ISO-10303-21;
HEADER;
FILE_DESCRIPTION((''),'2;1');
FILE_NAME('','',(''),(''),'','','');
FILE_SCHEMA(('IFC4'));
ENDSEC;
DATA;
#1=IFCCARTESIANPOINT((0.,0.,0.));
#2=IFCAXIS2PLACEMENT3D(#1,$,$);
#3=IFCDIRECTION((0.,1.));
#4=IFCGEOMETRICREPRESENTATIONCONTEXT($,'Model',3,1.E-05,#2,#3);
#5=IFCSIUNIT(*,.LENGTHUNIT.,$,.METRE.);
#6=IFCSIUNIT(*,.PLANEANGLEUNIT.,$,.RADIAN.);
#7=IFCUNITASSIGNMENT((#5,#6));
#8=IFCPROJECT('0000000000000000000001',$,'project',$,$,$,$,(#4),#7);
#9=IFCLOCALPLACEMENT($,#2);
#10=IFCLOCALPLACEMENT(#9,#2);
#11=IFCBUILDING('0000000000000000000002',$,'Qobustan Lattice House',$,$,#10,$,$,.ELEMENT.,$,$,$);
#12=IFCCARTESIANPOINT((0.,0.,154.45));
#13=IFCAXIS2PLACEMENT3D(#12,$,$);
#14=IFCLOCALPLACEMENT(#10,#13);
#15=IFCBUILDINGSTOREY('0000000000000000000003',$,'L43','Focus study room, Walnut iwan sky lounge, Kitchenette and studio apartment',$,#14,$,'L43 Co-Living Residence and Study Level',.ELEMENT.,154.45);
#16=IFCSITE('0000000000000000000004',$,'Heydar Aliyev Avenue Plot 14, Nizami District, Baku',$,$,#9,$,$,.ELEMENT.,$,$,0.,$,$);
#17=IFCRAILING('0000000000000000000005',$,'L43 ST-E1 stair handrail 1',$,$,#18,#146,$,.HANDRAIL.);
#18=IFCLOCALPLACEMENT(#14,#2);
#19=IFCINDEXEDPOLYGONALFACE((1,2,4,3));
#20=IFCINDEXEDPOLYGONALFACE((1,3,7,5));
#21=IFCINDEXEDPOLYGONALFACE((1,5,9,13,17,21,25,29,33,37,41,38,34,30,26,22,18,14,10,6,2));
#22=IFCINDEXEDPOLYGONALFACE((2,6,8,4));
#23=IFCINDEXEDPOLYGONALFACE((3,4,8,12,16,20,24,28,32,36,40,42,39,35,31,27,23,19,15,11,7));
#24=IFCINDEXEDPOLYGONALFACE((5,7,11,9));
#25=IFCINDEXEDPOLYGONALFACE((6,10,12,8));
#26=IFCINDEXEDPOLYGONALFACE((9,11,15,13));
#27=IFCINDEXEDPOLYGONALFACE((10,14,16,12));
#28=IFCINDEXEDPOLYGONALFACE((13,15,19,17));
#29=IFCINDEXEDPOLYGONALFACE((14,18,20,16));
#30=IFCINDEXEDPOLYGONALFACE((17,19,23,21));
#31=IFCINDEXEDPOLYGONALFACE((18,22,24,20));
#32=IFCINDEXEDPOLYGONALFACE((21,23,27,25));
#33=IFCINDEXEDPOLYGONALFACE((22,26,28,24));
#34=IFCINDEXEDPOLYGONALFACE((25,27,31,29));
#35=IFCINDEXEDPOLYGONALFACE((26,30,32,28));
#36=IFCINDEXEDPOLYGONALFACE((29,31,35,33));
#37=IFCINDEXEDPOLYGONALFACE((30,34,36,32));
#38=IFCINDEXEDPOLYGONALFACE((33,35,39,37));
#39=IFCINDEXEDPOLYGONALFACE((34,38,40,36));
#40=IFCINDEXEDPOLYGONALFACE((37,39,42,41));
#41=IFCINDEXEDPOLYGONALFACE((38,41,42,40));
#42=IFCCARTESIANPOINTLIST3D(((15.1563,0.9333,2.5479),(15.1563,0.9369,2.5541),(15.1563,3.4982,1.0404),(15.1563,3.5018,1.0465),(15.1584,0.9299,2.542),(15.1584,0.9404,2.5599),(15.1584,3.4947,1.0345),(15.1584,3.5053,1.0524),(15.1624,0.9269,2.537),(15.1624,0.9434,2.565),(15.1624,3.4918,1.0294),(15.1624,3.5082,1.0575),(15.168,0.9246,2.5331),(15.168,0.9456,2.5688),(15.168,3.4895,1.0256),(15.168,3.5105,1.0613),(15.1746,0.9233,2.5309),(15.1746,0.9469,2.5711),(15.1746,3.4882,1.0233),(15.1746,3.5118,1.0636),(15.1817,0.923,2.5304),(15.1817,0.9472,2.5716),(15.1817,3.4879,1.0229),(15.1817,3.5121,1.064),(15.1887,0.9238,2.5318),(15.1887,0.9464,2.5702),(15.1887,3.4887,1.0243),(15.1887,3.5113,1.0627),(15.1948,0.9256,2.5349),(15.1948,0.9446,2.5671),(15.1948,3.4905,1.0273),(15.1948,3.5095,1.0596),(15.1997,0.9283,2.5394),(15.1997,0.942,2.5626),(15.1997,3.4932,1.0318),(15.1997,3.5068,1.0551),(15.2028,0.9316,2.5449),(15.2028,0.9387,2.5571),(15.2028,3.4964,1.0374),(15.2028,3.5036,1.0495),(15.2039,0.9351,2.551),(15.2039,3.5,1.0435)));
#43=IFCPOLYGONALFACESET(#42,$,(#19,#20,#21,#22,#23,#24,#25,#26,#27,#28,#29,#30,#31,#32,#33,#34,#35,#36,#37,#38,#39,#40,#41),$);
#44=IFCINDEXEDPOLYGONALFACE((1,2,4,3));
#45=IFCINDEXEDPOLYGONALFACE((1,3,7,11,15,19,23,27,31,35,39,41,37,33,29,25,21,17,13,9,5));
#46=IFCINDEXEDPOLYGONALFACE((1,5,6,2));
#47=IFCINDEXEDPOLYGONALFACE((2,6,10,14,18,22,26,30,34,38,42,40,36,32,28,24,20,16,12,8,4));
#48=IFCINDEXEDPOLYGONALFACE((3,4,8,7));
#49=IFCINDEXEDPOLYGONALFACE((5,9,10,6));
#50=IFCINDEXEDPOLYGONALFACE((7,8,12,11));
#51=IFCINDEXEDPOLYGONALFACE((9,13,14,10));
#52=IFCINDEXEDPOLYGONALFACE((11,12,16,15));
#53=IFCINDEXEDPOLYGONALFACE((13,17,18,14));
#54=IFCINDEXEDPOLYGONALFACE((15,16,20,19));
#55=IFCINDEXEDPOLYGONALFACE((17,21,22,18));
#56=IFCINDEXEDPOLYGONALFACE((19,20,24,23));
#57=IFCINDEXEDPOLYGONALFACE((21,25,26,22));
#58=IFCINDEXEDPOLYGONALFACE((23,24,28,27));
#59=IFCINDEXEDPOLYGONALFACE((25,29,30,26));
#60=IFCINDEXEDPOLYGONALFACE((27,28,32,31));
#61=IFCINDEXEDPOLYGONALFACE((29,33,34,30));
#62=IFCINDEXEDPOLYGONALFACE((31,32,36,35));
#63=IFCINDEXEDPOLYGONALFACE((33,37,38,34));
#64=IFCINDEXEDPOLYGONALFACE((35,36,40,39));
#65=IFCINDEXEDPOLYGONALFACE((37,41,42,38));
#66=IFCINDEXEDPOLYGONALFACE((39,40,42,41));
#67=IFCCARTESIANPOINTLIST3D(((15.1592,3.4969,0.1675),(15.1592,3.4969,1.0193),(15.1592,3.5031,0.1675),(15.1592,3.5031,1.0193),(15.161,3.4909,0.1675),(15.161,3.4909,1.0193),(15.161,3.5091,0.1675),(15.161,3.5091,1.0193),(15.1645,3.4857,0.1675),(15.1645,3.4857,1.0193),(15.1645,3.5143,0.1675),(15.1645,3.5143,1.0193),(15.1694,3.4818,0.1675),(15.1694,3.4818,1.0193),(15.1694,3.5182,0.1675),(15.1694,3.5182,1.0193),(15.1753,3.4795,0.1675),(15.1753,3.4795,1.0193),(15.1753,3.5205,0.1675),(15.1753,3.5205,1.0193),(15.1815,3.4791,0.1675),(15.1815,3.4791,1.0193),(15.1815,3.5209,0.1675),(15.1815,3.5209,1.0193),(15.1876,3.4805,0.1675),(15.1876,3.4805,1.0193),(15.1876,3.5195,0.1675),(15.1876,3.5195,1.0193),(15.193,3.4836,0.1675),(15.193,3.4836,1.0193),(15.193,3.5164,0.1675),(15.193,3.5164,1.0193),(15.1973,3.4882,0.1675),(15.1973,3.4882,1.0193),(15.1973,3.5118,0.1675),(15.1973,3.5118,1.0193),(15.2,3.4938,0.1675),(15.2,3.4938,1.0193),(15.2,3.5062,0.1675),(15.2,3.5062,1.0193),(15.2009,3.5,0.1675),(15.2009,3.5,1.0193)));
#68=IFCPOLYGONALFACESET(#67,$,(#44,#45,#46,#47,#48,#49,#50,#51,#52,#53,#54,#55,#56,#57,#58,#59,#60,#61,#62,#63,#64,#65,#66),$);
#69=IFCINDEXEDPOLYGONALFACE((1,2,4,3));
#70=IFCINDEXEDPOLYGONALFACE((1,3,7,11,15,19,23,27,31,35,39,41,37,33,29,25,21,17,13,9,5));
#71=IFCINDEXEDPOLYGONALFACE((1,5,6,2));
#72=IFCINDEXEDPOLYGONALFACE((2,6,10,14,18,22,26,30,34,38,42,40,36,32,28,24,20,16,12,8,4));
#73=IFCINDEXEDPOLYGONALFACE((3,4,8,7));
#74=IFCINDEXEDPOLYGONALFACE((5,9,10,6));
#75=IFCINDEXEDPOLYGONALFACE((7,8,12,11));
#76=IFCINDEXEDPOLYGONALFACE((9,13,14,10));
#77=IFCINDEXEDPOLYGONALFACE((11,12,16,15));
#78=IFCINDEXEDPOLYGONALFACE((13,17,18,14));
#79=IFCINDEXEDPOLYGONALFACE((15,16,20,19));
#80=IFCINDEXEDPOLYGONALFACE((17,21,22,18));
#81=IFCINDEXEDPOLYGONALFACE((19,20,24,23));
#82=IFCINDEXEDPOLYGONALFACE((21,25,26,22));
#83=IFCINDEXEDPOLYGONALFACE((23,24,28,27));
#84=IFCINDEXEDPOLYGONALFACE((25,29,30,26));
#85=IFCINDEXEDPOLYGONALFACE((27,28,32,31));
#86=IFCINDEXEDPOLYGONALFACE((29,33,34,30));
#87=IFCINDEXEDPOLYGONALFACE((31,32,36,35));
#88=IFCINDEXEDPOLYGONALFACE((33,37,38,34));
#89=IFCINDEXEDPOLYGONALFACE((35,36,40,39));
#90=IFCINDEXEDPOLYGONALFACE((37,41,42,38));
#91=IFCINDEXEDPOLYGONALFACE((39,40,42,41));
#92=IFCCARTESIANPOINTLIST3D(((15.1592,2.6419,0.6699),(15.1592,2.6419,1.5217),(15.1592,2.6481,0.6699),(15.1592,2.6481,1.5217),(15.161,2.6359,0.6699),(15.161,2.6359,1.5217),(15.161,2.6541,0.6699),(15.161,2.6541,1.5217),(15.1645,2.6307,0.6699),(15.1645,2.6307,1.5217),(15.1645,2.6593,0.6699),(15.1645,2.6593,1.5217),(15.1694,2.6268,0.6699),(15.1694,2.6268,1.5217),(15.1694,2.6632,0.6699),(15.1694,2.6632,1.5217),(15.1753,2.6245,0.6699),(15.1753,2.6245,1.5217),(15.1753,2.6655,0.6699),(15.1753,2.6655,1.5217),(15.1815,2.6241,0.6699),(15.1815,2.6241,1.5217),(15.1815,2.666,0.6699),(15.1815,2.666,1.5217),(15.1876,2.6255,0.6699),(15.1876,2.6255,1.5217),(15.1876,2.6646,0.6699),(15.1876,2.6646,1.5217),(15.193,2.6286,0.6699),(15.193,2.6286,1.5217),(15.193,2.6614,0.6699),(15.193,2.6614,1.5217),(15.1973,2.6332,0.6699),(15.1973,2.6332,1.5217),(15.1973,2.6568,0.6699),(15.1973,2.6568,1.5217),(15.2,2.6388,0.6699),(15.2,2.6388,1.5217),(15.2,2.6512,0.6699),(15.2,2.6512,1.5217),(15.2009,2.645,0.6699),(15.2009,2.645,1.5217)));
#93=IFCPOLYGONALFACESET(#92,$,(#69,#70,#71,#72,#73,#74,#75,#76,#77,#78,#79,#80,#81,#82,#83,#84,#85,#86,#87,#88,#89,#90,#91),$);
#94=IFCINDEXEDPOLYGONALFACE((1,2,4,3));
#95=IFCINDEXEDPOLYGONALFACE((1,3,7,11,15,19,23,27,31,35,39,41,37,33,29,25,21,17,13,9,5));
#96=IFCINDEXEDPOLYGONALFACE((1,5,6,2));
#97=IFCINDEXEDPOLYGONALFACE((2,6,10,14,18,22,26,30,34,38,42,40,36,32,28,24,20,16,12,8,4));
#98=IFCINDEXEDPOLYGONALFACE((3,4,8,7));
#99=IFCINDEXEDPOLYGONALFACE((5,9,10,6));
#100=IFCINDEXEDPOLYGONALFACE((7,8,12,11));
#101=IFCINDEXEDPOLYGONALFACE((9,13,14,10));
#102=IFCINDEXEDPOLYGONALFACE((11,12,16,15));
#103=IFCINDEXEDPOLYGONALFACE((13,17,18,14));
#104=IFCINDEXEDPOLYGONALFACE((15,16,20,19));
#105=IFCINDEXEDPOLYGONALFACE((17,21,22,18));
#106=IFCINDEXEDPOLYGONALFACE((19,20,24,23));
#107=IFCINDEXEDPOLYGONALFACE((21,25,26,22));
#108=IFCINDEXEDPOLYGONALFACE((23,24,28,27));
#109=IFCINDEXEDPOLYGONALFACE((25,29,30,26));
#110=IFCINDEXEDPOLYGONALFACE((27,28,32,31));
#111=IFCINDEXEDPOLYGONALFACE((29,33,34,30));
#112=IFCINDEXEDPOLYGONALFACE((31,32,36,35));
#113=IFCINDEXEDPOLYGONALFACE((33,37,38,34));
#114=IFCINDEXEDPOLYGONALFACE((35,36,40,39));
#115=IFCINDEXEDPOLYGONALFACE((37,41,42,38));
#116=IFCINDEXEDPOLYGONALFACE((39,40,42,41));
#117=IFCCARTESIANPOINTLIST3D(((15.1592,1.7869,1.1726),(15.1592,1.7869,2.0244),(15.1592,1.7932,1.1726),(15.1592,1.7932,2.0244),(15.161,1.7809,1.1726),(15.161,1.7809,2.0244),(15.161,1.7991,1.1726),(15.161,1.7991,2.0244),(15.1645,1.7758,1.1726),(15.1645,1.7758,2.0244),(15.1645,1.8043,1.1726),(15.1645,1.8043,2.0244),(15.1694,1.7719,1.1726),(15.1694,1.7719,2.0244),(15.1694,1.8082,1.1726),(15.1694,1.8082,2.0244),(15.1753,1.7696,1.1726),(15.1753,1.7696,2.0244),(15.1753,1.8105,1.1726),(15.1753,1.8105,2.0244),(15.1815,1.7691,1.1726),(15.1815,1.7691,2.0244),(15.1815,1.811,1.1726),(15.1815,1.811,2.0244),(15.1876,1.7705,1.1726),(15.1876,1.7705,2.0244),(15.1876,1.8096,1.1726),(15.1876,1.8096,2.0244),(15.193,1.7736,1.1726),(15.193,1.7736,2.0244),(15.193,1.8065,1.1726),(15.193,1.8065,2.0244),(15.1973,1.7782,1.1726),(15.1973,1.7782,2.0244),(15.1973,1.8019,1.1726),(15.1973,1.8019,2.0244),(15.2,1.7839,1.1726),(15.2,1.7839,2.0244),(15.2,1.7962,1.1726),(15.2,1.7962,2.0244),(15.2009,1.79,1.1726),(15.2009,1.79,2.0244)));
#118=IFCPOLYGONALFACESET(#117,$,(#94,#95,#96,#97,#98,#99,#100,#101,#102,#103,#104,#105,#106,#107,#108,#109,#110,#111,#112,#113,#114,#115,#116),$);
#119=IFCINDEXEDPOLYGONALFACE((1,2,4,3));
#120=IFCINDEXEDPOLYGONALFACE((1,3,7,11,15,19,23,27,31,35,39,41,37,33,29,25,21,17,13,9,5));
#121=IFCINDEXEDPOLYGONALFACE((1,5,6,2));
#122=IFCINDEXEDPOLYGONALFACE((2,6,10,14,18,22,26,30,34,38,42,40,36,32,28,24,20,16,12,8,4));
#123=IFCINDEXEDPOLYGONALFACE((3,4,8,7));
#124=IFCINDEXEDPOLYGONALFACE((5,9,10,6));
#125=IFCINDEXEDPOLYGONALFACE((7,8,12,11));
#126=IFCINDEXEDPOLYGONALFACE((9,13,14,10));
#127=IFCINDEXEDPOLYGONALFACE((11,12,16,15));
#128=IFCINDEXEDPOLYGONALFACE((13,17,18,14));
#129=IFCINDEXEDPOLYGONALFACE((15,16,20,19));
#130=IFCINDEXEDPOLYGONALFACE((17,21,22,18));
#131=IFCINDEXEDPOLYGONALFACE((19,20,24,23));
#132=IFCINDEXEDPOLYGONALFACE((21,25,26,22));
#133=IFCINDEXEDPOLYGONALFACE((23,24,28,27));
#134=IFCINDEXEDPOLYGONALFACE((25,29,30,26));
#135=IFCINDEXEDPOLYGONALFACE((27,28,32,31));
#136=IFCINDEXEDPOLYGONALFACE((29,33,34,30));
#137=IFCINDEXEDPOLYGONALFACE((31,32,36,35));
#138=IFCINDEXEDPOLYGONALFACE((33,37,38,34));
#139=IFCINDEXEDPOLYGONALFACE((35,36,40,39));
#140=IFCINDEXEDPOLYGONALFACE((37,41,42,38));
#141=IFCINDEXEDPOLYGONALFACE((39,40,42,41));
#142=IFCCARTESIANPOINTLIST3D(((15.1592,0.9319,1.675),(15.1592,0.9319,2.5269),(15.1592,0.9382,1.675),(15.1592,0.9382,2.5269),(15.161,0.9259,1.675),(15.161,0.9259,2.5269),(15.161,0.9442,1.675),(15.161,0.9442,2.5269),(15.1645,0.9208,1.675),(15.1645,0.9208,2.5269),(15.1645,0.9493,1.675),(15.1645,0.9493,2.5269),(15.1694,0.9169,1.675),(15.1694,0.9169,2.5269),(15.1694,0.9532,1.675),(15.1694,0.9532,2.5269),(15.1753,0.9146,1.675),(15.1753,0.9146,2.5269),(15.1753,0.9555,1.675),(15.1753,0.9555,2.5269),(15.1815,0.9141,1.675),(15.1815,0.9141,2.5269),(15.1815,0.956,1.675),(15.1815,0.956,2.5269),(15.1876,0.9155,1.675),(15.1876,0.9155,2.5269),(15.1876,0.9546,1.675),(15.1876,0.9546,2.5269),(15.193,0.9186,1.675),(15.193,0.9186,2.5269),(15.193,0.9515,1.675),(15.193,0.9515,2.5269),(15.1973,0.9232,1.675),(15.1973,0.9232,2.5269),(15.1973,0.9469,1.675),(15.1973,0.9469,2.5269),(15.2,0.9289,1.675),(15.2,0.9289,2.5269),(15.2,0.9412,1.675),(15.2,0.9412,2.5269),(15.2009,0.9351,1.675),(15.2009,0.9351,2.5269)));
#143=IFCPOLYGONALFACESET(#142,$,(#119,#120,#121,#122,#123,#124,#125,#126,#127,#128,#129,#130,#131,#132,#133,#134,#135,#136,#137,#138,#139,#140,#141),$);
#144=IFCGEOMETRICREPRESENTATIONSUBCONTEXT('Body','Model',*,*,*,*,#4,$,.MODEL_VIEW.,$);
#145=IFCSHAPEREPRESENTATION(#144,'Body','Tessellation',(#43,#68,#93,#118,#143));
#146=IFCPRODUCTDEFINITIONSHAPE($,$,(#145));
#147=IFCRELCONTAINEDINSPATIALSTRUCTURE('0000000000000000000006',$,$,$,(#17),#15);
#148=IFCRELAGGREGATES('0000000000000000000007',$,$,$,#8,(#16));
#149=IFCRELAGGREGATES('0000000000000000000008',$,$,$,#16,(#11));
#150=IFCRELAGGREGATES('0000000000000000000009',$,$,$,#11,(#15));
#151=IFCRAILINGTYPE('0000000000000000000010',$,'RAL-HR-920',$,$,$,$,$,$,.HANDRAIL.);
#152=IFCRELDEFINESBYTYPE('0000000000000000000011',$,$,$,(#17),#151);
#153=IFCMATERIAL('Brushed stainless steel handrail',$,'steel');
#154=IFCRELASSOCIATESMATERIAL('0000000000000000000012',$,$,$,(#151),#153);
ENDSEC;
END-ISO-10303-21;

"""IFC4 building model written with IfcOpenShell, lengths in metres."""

from ifc_helpers import new_model, si_unit, direction, frame, origin, origin_2d, place, context, subcontext, project, spatial, circle, extrude, material, type_object, element, save


model = new_model("IFC4")

# Units and contexts
model_context = context("Model", 3, precision=1e-05, world=origin(), true_north=direction((0.0, 1.0)))
body_context = subcontext(model_context, "Body", "Model", "MODEL_VIEW")
ifc_project = project(units=[si_unit("LENGTHUNIT", "METRE"), si_unit("PLANEANGLEUNIT", "RADIAN")], contexts=[model_context])

# Site, building, storey
site_placement = place(None, origin())
site = spatial("IfcSite", under=ifc_project, at=site_placement, Name="Heydar Aliyev Avenue Plot 14, Nizami District, Baku", CompositionType="ELEMENT", RefElevation=0.0)
building_placement = place(site_placement, origin())
building = spatial("IfcBuilding", under=site, at=building_placement, Name="Qobustan Lattice House", CompositionType="ELEMENT")
storey_placement = place(building_placement, frame((0.0, 0.0, 154.45)))
storey = spatial("IfcBuildingStorey", under=building, at=storey_placement, Name="L43", Description="Focus study room, Walnut iwan sky lounge, Kitchenette and studio apartment", LongName="L43 Co-Living Residence and Study Level", CompositionType="ELEMENT", Elevation=154.45)

# Railing
ifc_material_1 = material(Name="Brushed stainless steel handrail", Category="steel")
railing_type_1 = type_object("IfcRailingType", Name="RAL-HR-920", PredefinedType="HANDRAIL", material=ifc_material_1)
railing_1_placement = place(storey_placement, frame((15.1799, 3.5, 0.1675)))
element("IfcRailing", 1, at=railing_1_placement, inside=storey, type_object=railing_type_1, Name="L43 ST-E1 stair handrail 1", PredefinedType="HANDRAIL", context=body_context, shape_type="SweptSolid", body=[
    extrude(circle(Radius=0.0239, at=origin_2d()), frame((0.0, 0.0, 0.876), z_axis=(0.0, -0.862113, 0.506715), x_axis=(1.0, 0.0, 0.0)), (0.0, 0.0, 1.0), 2.9751),
    extrude(circle(Radius=0.021, at=origin_2d()), origin(), (0.0, 0.0, 1.0), 0.8518),
    extrude(circle(Radius=0.021, at=origin_2d()), frame((0.0, -0.855, 0.5024)), (0.0, 0.0, 1.0), 0.8518),
    extrude(circle(Radius=0.021, at=origin_2d()), frame((0.0, -1.71, 1.0051)), (0.0, 0.0, 1.0), 0.8518),
    extrude(circle(Radius=0.021, at=origin_2d()), frame((0.0, -2.5649, 1.5076)), (0.0, 0.0, 1.0), 0.8518),
])

save(model, "model.ifc")
